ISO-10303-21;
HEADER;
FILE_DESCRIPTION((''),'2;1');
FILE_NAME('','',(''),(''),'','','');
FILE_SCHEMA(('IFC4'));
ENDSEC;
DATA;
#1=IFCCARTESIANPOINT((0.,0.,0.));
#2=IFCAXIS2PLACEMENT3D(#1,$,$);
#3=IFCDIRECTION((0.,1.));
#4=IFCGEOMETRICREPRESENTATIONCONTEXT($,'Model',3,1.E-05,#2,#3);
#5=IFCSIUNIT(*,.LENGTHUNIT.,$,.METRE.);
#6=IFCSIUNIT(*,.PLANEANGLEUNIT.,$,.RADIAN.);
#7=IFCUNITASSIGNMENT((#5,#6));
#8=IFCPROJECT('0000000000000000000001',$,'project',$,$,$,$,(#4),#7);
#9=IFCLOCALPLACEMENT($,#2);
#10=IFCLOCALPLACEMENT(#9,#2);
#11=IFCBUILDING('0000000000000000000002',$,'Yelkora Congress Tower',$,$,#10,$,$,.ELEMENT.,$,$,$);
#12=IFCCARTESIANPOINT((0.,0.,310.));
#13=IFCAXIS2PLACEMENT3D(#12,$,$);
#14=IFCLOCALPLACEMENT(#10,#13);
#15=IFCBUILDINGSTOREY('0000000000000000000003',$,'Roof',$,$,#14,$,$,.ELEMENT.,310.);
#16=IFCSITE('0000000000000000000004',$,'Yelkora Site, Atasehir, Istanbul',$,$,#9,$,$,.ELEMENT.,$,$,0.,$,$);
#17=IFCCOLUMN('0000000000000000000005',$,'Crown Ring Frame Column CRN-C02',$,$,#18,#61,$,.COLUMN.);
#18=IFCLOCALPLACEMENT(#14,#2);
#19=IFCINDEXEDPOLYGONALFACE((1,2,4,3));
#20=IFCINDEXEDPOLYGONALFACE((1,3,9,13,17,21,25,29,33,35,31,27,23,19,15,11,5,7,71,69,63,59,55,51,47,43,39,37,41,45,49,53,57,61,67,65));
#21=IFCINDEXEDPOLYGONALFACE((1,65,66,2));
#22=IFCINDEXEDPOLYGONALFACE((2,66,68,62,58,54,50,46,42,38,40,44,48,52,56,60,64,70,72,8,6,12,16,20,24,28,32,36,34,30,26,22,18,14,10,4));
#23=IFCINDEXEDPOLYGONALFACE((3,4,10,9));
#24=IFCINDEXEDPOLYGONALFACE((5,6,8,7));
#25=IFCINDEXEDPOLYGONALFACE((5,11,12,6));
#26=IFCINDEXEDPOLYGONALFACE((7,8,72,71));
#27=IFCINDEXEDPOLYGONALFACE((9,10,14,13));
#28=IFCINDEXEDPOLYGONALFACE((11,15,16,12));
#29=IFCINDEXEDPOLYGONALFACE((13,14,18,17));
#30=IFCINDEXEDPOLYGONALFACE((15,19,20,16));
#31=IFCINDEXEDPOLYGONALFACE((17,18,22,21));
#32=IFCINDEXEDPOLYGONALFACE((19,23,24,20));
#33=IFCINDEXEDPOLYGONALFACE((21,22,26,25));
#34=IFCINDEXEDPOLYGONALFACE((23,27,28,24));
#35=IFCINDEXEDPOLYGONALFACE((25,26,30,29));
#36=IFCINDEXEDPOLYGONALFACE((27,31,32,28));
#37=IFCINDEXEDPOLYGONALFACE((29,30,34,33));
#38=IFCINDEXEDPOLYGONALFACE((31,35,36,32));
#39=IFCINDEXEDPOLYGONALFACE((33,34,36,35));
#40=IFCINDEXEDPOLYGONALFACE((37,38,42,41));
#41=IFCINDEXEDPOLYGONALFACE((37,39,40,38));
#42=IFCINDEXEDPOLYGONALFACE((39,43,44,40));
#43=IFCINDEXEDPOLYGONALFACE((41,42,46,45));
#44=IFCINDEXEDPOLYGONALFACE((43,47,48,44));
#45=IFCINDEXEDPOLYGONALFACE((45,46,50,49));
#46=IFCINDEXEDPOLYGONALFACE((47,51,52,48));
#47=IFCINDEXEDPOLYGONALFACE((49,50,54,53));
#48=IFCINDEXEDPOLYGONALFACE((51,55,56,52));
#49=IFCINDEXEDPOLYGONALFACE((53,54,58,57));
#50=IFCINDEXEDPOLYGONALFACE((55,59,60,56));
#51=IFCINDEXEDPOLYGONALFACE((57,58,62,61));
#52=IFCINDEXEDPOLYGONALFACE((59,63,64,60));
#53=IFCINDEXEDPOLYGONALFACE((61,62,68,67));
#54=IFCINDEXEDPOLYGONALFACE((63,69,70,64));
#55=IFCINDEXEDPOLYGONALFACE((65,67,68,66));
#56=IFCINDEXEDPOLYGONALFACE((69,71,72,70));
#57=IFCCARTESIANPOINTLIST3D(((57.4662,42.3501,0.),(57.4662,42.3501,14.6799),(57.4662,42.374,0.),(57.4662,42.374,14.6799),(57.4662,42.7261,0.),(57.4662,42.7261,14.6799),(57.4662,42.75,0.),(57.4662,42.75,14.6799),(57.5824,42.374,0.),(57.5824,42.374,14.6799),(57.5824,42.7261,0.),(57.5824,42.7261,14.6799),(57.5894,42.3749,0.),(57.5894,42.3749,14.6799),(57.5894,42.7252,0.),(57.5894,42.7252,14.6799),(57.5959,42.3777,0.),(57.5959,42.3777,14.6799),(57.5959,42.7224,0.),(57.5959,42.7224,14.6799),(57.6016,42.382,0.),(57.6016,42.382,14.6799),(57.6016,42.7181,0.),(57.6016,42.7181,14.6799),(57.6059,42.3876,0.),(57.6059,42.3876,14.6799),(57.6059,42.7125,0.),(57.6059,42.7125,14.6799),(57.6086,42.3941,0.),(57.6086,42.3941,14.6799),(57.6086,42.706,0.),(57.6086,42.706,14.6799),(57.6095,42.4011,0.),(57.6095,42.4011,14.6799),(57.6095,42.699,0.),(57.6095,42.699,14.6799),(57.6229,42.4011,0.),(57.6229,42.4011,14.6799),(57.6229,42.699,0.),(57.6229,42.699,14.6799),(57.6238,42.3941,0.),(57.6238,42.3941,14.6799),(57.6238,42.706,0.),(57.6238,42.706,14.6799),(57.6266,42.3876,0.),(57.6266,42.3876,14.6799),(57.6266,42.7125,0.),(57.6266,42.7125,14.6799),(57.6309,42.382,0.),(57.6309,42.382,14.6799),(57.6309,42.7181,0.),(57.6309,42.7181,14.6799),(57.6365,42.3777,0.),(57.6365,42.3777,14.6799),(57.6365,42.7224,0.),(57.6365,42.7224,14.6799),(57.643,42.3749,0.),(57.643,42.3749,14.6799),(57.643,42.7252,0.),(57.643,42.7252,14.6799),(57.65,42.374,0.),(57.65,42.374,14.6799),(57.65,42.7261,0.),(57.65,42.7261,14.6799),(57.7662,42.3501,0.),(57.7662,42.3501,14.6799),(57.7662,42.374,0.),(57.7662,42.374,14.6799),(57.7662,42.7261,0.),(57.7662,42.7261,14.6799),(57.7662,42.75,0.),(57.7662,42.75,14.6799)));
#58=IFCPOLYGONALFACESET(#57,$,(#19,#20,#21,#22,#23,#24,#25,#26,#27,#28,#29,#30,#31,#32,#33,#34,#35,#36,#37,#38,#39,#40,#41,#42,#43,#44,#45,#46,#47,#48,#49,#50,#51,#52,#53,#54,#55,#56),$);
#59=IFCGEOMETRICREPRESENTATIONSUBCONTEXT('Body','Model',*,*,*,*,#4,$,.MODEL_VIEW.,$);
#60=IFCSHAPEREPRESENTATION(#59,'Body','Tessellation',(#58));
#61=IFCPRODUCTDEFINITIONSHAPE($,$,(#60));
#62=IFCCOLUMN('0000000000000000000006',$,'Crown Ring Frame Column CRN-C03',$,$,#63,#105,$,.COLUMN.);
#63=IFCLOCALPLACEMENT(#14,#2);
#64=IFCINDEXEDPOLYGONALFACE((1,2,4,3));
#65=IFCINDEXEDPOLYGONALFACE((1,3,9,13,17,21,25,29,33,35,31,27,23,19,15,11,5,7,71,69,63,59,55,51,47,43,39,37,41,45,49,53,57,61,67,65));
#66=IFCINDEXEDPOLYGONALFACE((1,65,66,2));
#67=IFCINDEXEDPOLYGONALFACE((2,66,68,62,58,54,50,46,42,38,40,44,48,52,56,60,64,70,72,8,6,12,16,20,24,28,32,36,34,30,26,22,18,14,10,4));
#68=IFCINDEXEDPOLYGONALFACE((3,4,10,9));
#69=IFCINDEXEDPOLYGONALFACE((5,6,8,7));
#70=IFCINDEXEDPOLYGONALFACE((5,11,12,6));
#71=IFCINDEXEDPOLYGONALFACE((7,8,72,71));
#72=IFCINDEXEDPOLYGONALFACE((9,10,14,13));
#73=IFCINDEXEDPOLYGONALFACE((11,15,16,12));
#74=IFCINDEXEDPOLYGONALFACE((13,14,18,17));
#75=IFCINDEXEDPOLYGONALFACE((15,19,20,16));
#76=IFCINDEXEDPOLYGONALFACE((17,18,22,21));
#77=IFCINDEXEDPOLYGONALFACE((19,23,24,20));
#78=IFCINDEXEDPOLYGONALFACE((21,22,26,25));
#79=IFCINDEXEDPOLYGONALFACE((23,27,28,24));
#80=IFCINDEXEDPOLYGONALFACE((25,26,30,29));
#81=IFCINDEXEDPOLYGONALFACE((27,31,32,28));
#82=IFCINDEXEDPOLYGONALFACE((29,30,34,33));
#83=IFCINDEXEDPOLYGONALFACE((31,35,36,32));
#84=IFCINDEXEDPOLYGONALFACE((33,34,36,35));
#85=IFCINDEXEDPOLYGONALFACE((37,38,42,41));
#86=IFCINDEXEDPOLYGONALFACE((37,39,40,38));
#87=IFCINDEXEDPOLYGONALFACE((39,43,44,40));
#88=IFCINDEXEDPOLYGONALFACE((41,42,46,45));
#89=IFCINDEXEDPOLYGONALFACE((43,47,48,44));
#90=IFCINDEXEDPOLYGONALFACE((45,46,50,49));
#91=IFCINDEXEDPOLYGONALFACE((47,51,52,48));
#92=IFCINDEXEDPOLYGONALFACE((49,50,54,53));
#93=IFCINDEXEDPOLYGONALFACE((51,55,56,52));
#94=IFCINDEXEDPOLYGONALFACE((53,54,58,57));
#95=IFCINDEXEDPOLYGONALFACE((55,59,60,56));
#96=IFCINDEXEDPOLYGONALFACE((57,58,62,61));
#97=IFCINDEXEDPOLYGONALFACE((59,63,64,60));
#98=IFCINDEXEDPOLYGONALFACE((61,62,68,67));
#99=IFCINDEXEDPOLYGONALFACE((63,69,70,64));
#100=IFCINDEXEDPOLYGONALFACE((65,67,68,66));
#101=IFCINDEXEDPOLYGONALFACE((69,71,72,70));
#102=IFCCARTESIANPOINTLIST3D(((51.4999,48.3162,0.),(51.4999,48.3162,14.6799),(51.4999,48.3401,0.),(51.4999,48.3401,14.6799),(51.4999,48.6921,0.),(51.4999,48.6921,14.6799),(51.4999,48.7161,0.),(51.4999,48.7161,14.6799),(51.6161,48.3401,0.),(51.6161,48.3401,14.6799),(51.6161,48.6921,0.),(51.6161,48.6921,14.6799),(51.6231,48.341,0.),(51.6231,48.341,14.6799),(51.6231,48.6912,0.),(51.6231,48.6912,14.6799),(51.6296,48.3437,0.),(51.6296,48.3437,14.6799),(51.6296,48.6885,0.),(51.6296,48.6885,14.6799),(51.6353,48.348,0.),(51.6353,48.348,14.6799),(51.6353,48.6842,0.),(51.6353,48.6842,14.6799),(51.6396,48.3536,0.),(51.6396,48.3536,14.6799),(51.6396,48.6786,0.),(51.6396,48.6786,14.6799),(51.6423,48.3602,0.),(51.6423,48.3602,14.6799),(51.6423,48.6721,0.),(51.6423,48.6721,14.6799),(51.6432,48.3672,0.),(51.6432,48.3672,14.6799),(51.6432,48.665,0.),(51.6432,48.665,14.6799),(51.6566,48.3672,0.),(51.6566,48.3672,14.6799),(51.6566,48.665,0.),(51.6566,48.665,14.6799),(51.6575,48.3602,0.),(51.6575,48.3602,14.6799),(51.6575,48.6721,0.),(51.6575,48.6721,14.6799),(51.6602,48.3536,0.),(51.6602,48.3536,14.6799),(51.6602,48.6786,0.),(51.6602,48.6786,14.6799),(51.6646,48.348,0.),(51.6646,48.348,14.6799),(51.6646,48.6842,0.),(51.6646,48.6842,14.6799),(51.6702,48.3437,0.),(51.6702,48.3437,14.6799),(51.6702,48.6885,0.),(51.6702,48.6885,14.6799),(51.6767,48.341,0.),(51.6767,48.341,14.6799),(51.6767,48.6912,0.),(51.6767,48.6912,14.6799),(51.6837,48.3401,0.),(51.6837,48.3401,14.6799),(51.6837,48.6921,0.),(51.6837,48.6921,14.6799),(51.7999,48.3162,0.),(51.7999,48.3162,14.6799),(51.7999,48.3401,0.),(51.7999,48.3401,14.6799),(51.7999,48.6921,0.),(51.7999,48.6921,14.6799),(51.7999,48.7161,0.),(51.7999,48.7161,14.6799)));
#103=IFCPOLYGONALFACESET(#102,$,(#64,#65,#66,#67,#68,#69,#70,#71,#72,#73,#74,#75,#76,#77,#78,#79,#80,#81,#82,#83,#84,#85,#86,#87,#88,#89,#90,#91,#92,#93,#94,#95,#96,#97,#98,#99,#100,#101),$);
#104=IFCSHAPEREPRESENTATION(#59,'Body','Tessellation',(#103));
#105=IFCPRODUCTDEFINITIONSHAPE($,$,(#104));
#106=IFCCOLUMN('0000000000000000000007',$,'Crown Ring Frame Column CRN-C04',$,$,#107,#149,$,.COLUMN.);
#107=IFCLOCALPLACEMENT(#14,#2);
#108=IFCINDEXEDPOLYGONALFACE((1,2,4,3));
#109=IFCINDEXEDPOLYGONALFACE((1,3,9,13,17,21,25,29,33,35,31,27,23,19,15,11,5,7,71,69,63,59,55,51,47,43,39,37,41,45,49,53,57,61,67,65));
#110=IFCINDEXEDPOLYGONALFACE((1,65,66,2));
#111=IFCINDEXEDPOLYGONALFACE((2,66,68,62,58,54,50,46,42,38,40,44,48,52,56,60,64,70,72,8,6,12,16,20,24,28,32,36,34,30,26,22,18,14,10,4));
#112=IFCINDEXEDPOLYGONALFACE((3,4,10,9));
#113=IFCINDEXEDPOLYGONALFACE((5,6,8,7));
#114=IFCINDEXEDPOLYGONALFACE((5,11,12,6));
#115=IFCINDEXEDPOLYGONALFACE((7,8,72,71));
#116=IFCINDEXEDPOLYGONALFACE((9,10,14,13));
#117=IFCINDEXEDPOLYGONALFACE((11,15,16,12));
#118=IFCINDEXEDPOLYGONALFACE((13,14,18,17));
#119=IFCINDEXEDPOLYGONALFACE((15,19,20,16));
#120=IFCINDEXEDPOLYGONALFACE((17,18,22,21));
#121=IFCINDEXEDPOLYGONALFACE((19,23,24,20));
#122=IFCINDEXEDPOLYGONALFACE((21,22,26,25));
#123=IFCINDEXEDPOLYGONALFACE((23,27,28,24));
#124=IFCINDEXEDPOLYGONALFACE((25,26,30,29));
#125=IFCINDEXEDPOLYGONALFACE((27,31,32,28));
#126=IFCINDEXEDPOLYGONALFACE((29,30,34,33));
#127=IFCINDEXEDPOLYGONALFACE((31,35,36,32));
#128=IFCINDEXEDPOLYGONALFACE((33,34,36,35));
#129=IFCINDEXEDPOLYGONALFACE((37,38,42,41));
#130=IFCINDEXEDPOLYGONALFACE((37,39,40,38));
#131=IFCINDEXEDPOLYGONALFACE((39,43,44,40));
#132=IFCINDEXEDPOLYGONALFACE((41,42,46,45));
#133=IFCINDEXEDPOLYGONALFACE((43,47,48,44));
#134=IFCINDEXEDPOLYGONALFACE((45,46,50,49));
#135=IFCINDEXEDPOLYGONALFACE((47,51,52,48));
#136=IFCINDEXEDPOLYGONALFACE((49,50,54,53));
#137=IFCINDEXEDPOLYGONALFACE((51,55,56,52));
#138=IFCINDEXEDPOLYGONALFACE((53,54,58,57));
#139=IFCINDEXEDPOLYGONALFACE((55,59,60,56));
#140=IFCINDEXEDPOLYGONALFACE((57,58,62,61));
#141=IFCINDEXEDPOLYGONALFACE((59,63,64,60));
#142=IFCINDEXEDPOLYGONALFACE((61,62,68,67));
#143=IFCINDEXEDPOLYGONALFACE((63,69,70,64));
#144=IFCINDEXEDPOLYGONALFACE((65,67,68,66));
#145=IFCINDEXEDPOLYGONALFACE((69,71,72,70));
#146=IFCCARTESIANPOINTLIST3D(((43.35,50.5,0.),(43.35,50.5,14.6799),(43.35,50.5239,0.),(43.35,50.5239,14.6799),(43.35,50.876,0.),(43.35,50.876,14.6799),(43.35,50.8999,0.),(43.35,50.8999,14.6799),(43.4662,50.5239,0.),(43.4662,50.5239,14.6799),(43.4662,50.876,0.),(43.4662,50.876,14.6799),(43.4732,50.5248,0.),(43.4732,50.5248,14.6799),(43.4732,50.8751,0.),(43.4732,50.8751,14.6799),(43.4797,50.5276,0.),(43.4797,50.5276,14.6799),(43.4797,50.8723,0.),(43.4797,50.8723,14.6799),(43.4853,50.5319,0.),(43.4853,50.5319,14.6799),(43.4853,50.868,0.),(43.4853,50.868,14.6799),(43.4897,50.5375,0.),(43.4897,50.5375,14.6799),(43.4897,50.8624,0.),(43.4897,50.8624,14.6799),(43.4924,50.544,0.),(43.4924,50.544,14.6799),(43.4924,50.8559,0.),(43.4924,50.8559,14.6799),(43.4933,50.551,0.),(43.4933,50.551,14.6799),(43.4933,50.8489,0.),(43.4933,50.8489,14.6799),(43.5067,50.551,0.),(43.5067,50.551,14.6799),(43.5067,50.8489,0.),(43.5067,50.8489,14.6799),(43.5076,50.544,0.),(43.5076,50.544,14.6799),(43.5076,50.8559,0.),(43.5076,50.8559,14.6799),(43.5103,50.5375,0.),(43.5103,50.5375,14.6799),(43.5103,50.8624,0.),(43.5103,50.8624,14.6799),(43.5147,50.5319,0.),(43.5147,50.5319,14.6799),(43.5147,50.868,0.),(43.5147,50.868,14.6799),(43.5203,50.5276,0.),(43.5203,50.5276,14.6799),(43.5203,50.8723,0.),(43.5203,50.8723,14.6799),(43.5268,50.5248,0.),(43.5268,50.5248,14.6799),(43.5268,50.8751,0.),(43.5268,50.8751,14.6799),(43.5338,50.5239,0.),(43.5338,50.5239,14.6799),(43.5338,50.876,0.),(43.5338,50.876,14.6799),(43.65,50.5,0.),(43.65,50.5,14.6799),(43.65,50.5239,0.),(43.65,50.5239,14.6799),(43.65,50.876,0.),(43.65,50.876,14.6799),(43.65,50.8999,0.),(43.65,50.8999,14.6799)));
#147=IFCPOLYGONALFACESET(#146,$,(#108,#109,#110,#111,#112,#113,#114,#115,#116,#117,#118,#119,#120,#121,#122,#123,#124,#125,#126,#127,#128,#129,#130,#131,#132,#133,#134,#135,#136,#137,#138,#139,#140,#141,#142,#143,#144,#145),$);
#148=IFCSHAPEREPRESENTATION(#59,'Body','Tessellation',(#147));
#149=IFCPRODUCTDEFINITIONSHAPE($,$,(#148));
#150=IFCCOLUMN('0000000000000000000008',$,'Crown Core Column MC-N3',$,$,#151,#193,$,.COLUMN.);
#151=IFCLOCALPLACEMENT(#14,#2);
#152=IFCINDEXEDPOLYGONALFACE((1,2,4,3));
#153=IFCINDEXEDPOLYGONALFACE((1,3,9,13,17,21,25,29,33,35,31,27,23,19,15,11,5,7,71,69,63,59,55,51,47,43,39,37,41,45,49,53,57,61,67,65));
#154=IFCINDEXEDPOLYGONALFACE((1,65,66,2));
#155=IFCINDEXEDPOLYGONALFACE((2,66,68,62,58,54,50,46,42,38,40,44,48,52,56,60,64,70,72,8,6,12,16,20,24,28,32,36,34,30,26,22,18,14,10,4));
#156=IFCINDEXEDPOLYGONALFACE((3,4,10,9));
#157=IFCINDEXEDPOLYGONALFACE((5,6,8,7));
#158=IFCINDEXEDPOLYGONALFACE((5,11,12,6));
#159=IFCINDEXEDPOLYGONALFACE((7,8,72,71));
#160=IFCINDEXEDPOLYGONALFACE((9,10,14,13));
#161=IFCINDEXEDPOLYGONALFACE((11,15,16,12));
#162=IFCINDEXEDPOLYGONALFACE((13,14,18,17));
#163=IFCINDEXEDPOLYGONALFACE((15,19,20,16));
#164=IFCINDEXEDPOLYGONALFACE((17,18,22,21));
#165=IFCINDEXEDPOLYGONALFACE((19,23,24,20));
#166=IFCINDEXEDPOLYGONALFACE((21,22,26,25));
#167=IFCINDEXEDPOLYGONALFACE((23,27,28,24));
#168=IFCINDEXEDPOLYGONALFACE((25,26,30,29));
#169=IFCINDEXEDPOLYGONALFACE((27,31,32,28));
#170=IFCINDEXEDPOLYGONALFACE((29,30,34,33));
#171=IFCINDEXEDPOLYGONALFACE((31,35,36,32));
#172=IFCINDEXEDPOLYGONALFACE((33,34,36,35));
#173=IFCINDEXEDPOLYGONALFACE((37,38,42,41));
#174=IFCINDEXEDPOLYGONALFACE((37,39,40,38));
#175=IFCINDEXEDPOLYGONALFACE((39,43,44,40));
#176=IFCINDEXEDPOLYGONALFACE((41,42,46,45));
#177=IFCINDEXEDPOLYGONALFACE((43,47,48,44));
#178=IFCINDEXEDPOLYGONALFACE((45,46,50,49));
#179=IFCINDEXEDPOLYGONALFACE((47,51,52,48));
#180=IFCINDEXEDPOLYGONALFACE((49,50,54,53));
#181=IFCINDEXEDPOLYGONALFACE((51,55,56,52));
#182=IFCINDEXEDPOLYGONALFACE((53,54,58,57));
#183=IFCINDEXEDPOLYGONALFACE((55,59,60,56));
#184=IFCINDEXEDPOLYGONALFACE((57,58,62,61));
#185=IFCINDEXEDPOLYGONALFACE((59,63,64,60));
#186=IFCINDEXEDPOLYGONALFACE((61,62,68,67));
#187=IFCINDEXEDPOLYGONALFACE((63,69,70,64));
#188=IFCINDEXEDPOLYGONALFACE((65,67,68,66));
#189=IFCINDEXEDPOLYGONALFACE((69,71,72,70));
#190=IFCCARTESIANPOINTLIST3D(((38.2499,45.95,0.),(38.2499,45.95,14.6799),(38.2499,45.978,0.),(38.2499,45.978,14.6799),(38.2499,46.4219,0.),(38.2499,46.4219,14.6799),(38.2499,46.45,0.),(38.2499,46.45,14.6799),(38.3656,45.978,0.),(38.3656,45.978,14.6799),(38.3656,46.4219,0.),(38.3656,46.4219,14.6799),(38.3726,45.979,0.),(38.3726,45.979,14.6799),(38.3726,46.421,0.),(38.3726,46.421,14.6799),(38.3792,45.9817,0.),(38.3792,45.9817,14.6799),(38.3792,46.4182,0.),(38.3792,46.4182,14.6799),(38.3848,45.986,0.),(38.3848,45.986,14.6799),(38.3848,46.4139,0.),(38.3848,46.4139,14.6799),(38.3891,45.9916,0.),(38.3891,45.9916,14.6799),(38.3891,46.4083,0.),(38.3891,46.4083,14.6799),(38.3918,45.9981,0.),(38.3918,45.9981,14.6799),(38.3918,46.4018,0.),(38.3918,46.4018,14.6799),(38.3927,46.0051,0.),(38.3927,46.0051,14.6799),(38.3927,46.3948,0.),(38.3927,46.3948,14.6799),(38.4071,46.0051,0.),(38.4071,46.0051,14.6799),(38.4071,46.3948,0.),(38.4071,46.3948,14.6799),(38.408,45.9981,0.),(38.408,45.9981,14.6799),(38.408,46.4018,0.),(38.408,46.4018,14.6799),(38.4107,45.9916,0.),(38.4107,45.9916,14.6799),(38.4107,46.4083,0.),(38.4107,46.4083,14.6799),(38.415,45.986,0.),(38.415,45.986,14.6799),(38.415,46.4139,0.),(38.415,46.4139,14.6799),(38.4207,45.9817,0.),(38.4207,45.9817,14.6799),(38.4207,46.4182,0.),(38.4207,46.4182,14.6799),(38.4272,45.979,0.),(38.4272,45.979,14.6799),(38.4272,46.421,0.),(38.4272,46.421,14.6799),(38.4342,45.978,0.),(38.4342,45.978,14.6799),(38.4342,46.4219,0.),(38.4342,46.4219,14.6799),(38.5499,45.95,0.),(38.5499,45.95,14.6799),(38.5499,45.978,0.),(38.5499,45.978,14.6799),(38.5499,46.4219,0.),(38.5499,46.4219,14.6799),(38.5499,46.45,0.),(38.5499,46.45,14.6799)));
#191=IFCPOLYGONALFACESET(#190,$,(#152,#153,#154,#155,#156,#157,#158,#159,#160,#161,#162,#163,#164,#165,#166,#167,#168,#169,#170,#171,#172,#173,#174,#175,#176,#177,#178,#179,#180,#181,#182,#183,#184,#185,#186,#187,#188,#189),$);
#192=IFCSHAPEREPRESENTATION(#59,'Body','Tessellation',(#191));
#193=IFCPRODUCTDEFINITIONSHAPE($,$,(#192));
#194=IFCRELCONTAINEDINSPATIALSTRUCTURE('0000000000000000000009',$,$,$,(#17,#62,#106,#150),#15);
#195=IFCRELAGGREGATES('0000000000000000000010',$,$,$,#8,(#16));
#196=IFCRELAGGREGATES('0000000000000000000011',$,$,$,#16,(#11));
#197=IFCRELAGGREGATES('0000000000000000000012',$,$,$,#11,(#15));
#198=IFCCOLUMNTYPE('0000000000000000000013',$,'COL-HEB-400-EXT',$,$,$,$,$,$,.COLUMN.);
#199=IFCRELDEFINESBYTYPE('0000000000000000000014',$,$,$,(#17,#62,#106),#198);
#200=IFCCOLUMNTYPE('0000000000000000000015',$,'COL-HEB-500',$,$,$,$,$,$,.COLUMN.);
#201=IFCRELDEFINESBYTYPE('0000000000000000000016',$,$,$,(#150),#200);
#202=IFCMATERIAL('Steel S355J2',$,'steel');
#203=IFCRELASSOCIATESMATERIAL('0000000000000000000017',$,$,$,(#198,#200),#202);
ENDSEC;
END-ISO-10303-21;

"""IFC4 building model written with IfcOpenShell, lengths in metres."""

from ifc_helpers import new_model, si_unit, direction, frame, origin, origin_2d, place, context, subcontext, project, spatial, i_section, extrude, material, material_profile, profile_set, type_object, element, save


model = new_model("IFC4")

# Units and contexts
model_context = context("Model", 3, precision=1e-05, world=origin(), true_north=direction((0.0, 1.0)))
body_context = subcontext(model_context, "Body", "Model", "MODEL_VIEW")
ifc_project = project(units=[si_unit("LENGTHUNIT", "METRE"), si_unit("PLANEANGLEUNIT", "RADIAN")], contexts=[model_context])

# Site, building, storey
site_placement = place(None, origin())
site = spatial("IfcSite", under=ifc_project, at=site_placement, Name="Yelkora Site, Atasehir, Istanbul", CompositionType="ELEMENT", RefElevation=0.0)
building_placement = place(site_placement, origin())
building = spatial("IfcBuilding", under=site, at=building_placement, Name="Yelkora Congress Tower", CompositionType="ELEMENT")
storey_placement = place(building_placement, frame((0.0, 0.0, 310.0)))
storey = spatial("IfcBuildingStorey", under=building, at=storey_placement, Name="Roof", CompositionType="ELEMENT", Elevation=310.0)

# Columns
ifc_material_1 = material(Name="Steel S355J2", Category="steel")
ifc_material_profile_1 = material_profile(ifc_material_1, i_section(OverallWidth=0.3, OverallDepth=0.3999, WebThickness=0.0134, FlangeThickness=0.0239, FilletRadius=0.0271, at=origin_2d()), Name="HEB 400")
ifc_profile_set_1 = profile_set([ifc_material_profile_1], Name="Steel S355J2")
column_type_1 = type_object("IfcColumnType", Name="COL-HEB-400-EXT", PredefinedType="COLUMN", material=ifc_profile_set_1)
for number, where, z_axis, x_axis, name in (
    (1, (57.6162, 42.55, 0.0), (0.0, 0.0, 1.0), (1.0, 0.0, 0.0), "Crown Ring Frame Column CRN-C02"),
    (2, (51.6499, 48.5161, 0.0), (0.0, 0.0, 1.0), (1.0, 0.0, 0.0), "Crown Ring Frame Column CRN-C03"),
    (3, (43.5, 50.7, 0.0), (0.0, 0.0, 1.0), (1.0, 0.0, 0.0), "Crown Ring Frame Column CRN-C04"),
):
    element("IfcColumn", number, at=place(storey_placement, frame(where, z_axis=z_axis, x_axis=x_axis)), inside=storey, type_object=column_type_1, Name=name, PredefinedType="COLUMN", context=body_context, shape_type="SweptSolid", body=[
        extrude(i_section(OverallWidth=0.3, OverallDepth=0.3999, WebThickness=0.0134, FlangeThickness=0.0239, FilletRadius=0.0271, at=origin_2d()), origin(), (0.0, 0.0, 1.0), 14.6799),
    ])
ifc_material_profile_2 = material_profile(ifc_material_1, i_section(OverallWidth=0.3, OverallDepth=0.5, WebThickness=0.0144, FlangeThickness=0.0281, FilletRadius=0.0271, at=origin_2d()), Name="HEB 500")
ifc_profile_set_2 = profile_set([ifc_material_profile_2], Name="Steel S355J2")
column_type_2 = type_object("IfcColumnType", Name="COL-HEB-500", PredefinedType="COLUMN", material=ifc_profile_set_2)
for number, where, z_axis, x_axis, name in (
    (4, (38.3999, 46.2, 0.0), (0.0, 0.0, 1.0), (1.0, 0.0, 0.0), "Crown Core Column MC-N3"),
):
    element("IfcColumn", number, at=place(storey_placement, frame(where, z_axis=z_axis, x_axis=x_axis)), inside=storey, type_object=column_type_2, Name=name, PredefinedType="COLUMN", context=body_context, shape_type="SweptSolid", body=[
        extrude(i_section(OverallWidth=0.3, OverallDepth=0.5, WebThickness=0.0144, FlangeThickness=0.0281, FilletRadius=0.0271, at=origin_2d()), origin(), (0.0, 0.0, 1.0), 14.6799),
    ])

save(model, "model.ifc")
